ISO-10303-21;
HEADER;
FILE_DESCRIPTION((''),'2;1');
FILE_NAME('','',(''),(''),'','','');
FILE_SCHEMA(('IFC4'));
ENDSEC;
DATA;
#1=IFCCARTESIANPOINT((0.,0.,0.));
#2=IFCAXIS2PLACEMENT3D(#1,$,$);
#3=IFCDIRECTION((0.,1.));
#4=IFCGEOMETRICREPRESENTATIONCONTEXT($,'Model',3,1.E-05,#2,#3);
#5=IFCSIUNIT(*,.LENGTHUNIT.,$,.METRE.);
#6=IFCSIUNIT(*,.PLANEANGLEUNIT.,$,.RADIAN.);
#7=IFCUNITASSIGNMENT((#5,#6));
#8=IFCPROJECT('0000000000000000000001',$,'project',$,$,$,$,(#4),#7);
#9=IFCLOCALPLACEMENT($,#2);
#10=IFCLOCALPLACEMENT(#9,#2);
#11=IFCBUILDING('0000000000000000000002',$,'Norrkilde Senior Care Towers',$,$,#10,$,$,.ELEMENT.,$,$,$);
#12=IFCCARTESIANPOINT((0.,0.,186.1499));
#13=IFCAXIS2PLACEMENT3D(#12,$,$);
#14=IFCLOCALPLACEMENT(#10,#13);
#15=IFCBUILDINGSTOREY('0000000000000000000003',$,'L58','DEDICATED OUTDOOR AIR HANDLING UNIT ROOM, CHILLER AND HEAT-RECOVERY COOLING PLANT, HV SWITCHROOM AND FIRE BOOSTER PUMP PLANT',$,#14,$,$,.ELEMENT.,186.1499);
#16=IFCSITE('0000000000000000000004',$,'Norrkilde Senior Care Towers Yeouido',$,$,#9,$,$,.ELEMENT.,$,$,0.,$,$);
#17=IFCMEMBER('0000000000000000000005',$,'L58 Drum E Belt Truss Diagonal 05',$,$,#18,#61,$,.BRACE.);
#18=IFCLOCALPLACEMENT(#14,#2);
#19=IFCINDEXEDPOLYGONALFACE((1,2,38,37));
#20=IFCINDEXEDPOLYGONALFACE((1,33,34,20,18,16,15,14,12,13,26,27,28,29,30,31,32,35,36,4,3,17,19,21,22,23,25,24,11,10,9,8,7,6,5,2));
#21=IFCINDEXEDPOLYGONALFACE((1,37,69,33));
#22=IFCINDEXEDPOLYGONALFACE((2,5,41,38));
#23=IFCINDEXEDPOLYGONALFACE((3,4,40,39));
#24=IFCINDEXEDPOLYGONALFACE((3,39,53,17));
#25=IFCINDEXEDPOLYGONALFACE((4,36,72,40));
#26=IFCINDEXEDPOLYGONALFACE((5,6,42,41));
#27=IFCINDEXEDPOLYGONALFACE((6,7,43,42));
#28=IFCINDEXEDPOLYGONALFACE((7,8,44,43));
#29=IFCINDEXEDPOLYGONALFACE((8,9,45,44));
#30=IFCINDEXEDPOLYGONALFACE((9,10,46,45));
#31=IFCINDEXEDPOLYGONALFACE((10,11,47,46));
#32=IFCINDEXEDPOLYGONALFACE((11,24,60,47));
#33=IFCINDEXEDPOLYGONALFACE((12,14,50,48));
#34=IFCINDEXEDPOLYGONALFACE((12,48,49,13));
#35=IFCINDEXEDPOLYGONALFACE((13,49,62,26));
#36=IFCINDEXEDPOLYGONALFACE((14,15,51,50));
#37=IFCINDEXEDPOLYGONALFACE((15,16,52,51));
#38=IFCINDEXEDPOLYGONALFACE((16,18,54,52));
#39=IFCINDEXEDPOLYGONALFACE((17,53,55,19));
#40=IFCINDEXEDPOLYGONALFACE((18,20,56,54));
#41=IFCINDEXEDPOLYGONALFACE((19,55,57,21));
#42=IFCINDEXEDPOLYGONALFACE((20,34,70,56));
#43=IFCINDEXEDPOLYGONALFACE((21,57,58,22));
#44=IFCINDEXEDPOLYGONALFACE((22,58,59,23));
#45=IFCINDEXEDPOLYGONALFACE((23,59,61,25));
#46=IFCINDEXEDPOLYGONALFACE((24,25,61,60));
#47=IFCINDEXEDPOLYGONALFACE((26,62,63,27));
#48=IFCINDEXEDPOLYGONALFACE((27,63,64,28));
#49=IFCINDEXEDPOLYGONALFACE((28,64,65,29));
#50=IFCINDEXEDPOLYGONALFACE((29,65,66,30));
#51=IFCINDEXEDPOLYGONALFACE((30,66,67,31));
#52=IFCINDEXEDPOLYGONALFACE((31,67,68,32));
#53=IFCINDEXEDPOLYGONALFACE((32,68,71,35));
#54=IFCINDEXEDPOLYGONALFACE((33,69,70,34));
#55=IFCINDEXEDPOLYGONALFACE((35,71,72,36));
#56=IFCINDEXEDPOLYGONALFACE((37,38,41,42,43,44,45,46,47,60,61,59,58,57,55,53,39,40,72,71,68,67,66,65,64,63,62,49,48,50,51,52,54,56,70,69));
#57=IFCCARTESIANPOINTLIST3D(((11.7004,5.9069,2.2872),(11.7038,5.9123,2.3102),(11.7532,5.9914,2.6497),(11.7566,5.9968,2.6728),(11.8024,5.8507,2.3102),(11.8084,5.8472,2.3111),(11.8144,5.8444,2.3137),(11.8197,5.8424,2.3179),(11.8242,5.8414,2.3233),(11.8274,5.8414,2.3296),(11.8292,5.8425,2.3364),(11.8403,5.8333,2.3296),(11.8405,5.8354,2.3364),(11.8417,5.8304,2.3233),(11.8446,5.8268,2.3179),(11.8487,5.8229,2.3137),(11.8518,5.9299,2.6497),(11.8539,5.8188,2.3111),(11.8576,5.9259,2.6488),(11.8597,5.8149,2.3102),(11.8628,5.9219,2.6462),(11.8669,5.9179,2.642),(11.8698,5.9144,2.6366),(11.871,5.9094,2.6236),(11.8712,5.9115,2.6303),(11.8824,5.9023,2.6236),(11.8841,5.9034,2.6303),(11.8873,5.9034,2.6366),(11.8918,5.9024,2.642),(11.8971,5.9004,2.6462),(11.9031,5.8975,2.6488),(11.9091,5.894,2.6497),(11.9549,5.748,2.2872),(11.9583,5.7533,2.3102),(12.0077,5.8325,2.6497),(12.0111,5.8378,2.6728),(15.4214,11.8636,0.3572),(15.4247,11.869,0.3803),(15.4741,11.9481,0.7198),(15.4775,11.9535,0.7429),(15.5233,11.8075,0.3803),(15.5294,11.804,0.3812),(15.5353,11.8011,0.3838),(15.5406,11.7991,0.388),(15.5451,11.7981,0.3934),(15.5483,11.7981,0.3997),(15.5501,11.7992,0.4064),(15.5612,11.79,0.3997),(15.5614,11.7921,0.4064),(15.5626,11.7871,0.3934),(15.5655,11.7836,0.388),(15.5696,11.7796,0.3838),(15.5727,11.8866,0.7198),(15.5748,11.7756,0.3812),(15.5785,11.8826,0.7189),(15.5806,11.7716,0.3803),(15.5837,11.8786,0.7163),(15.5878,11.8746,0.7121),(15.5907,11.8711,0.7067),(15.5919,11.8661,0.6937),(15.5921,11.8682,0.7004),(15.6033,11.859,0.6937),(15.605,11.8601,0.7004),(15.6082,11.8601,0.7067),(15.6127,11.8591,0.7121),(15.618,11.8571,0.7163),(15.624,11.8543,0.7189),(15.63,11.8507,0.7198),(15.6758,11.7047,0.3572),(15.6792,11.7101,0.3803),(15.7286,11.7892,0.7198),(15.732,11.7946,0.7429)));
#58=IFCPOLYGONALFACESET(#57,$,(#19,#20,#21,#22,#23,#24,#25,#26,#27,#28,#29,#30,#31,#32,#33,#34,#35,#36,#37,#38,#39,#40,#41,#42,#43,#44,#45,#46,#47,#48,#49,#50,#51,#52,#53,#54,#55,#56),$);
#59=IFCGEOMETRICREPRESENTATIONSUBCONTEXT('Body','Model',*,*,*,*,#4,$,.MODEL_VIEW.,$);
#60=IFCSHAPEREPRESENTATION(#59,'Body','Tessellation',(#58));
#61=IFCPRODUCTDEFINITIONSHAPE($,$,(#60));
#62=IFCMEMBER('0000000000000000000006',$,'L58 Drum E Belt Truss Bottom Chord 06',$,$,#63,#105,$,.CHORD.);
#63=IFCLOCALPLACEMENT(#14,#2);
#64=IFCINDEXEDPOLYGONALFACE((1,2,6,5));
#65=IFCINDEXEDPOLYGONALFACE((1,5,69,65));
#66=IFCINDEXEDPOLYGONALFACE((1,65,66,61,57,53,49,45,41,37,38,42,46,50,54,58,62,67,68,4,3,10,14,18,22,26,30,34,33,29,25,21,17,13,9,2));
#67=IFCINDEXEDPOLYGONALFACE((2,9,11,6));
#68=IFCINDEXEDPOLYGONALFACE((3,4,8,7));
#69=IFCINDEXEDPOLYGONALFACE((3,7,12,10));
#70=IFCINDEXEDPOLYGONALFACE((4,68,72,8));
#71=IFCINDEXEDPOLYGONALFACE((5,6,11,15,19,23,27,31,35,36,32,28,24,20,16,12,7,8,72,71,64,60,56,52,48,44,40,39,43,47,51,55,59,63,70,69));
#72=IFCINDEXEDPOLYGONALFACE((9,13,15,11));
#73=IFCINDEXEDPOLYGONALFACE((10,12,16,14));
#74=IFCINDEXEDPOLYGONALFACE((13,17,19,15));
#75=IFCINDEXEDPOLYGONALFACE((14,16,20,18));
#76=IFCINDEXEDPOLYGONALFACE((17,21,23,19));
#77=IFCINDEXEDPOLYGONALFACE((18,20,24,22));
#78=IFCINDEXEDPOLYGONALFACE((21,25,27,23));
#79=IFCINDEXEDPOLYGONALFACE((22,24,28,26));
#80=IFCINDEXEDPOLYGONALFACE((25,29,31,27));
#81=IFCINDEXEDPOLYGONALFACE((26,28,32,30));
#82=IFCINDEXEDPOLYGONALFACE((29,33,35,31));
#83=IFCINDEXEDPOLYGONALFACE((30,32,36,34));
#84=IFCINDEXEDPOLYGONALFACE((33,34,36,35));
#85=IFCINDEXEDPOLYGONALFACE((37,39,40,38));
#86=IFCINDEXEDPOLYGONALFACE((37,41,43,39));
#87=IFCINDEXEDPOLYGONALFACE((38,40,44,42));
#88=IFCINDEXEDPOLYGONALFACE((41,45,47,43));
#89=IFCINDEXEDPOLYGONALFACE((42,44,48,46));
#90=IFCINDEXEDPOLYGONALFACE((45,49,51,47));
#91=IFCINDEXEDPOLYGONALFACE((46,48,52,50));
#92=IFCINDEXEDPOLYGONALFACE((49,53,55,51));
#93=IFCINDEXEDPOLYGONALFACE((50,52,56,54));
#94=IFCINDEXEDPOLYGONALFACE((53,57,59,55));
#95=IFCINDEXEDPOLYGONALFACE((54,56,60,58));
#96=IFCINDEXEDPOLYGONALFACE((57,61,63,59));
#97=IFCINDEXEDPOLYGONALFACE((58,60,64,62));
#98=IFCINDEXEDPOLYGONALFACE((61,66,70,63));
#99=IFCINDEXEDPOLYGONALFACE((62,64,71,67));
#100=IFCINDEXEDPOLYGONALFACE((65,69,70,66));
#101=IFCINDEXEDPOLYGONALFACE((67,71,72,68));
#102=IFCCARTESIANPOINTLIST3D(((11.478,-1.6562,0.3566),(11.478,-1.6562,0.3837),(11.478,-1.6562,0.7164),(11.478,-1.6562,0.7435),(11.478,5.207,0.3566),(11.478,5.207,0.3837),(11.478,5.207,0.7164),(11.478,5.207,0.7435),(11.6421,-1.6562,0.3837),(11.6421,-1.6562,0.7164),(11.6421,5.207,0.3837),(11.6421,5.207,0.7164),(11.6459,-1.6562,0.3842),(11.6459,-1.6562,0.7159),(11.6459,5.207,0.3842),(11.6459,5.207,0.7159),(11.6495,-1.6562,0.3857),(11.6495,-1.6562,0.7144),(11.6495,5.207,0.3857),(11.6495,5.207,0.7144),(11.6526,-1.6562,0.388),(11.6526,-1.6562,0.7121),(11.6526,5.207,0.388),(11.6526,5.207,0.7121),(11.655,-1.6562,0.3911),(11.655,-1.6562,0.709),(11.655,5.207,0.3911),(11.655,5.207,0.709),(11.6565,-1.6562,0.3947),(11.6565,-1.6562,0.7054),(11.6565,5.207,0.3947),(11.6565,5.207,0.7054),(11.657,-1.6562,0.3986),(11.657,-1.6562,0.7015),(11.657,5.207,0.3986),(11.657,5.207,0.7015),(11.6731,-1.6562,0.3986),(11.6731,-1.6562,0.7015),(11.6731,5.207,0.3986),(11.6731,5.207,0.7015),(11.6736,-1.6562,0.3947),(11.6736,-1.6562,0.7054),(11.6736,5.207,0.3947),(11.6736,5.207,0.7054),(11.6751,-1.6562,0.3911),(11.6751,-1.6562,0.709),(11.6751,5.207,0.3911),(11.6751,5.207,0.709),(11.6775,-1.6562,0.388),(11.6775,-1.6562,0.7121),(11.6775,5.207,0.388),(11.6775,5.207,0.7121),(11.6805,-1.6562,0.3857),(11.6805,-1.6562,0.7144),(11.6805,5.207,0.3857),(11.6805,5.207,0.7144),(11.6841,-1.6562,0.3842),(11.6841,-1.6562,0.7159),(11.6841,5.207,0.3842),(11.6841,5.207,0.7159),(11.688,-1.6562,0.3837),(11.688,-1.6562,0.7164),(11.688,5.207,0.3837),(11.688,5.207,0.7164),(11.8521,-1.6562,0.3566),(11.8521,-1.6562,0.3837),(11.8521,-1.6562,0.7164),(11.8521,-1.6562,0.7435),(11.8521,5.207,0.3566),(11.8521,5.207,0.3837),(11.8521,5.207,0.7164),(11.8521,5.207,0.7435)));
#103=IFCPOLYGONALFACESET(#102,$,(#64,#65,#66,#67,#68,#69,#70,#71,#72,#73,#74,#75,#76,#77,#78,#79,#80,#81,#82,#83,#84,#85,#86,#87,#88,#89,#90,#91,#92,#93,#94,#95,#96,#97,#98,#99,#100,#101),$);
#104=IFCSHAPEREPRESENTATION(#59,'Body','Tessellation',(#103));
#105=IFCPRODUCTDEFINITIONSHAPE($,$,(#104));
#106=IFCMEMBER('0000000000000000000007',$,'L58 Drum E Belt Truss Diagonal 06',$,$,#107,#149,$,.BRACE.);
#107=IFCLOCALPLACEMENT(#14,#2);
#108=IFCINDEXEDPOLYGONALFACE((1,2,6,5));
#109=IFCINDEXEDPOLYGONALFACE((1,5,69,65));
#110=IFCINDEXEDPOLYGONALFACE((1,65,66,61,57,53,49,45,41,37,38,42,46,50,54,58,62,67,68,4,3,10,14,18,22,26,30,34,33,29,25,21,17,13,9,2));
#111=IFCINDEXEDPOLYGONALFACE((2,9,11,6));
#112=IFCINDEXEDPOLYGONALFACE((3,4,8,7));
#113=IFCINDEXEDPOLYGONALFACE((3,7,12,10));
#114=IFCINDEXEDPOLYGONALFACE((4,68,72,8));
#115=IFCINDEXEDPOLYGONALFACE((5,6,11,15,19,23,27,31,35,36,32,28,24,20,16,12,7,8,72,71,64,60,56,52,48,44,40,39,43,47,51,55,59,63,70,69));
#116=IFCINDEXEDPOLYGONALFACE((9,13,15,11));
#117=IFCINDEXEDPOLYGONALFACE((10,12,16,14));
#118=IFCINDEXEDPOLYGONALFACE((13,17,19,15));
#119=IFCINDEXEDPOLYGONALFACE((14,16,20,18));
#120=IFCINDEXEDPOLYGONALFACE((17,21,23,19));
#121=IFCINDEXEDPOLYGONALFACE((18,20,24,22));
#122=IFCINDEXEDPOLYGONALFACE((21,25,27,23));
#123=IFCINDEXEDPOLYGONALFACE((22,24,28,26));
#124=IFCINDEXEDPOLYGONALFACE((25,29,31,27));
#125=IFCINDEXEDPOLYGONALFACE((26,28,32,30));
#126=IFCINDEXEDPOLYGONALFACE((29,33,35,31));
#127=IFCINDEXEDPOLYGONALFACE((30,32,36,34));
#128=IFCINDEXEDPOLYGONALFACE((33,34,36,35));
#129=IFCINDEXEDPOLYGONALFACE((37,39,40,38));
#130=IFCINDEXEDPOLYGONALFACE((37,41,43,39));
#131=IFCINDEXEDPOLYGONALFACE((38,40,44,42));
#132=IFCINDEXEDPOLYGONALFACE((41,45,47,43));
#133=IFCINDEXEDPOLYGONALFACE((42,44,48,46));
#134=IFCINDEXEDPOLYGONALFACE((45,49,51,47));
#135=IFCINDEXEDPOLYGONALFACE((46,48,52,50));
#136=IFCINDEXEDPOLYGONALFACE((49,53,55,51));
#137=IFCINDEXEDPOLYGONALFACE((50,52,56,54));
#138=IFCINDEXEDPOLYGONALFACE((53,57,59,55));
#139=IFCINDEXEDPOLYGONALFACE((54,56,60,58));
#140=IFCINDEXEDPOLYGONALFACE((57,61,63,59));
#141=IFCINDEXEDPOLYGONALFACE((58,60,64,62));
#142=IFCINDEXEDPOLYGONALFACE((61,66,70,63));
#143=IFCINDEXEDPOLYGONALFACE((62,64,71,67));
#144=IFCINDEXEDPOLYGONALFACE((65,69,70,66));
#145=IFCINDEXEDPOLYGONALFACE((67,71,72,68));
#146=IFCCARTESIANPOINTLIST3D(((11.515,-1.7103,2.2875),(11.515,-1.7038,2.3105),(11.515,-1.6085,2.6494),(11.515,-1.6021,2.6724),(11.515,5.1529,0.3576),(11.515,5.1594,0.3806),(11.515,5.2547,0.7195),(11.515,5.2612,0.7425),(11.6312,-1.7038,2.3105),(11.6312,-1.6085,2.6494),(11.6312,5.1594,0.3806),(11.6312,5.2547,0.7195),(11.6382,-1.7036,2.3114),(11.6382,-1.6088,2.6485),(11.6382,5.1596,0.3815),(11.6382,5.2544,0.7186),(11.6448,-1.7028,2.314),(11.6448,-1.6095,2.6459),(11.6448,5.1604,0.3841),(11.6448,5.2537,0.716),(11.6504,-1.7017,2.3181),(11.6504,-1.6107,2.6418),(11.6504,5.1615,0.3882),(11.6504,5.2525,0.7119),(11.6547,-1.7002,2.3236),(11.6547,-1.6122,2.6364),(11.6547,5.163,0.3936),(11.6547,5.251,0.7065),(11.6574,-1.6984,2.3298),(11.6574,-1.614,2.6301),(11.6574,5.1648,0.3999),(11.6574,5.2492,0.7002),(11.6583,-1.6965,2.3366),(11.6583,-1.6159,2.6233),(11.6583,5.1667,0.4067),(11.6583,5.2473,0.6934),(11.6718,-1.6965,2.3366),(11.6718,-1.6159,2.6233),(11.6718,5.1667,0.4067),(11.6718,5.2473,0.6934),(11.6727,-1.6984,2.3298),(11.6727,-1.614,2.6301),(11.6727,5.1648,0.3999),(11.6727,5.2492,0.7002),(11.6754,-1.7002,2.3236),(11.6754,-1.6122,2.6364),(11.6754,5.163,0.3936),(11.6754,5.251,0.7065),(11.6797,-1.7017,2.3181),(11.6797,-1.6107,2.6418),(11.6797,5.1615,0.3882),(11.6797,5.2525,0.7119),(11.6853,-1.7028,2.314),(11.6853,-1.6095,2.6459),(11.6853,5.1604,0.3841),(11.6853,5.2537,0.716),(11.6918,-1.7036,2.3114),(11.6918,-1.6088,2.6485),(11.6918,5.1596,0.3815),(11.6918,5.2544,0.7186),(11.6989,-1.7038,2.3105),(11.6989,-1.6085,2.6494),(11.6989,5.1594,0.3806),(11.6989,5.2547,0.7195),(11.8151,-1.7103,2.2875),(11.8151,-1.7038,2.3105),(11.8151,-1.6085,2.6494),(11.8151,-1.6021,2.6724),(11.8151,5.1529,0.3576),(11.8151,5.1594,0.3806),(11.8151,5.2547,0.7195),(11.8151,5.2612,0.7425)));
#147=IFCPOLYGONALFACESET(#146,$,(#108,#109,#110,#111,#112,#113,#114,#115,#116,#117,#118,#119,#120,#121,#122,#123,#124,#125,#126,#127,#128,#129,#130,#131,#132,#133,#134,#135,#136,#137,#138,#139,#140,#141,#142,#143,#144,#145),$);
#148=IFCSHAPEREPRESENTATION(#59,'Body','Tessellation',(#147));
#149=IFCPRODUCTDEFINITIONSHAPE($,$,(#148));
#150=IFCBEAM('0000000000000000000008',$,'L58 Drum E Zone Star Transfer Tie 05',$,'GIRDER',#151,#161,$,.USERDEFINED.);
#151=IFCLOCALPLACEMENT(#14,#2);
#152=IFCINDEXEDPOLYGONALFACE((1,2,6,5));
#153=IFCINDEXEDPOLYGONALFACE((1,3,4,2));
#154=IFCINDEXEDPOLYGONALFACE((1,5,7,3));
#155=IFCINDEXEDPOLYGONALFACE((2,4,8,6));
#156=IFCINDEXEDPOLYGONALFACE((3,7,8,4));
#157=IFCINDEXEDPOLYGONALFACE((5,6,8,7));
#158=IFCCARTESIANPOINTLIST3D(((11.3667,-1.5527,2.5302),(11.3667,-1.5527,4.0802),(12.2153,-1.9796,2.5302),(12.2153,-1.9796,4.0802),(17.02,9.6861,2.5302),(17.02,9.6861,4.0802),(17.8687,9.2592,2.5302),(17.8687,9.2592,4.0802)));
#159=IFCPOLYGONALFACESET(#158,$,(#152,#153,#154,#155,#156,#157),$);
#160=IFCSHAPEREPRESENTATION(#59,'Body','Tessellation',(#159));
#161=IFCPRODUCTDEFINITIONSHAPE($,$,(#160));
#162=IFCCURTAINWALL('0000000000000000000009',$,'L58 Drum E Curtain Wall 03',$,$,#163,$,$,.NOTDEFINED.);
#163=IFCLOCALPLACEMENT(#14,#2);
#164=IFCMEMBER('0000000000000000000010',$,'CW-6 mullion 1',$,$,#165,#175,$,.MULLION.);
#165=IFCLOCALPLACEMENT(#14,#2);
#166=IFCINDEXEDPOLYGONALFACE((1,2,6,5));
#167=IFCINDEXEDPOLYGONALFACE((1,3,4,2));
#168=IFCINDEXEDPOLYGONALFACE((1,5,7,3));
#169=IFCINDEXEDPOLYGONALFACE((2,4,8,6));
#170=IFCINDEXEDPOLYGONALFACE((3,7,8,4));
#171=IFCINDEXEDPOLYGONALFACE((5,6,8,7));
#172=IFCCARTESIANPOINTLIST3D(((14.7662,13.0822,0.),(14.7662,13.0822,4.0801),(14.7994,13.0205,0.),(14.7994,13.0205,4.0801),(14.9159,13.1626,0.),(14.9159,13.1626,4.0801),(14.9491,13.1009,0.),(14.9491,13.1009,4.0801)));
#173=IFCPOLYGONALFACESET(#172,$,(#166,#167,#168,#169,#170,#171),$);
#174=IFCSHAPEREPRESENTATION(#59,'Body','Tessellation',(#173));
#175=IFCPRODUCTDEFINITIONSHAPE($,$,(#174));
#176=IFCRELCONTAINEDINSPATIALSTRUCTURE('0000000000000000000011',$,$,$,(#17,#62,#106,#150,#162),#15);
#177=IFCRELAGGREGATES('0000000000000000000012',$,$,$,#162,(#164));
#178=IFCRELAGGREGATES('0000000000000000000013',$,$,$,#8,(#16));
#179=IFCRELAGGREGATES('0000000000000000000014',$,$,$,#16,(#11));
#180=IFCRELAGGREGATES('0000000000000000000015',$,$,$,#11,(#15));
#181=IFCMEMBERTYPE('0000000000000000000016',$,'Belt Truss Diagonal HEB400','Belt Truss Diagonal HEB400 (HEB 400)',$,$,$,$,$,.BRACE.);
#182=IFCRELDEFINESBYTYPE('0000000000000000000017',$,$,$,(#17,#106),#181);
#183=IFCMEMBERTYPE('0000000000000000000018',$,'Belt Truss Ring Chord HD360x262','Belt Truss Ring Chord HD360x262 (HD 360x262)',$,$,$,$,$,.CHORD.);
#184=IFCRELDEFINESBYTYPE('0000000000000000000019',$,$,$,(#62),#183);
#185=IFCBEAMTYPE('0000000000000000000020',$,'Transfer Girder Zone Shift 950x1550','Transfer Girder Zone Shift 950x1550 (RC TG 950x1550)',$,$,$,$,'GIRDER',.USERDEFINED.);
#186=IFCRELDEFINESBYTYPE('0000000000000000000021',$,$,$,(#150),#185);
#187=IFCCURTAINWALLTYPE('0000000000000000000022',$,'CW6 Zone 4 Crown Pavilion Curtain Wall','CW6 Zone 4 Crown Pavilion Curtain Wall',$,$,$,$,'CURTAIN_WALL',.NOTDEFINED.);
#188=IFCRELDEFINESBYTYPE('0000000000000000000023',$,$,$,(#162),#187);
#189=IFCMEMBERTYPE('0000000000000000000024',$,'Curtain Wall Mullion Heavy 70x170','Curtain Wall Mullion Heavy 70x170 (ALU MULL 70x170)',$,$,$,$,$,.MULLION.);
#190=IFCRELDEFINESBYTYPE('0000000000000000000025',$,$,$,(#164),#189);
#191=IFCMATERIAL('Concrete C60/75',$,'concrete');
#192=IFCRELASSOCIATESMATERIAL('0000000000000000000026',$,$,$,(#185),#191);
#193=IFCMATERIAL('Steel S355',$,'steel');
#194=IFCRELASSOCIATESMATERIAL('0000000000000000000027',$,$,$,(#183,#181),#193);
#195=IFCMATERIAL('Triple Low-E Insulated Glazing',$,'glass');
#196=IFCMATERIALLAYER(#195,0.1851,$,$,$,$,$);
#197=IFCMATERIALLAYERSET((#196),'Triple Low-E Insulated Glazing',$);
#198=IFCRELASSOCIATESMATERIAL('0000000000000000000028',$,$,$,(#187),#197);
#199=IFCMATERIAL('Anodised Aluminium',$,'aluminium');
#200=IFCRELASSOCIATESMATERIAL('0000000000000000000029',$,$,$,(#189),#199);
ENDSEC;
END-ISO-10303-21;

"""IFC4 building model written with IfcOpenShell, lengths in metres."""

from ifc_helpers import new_model, si_unit, direction, frame, origin, origin_2d, place, context, subcontext, project, spatial, rectangle, i_section, extrude, source, transform, mapped, material, layer, layer_set, material_profile, profile_set, type_object, type_shapes, element, aggregate, save


model = new_model("IFC4")

# Units and contexts
model_context = context("Model", 3, precision=1e-05, world=origin(), true_north=direction((0.0, 1.0)))
body_context = subcontext(model_context, "Body", "Model", "MODEL_VIEW")
ifc_project = project(units=[si_unit("LENGTHUNIT", "METRE"), si_unit("PLANEANGLEUNIT", "RADIAN")], contexts=[model_context])

# Site, building, storey
site_placement = place(None, origin())
site = spatial("IfcSite", under=ifc_project, at=site_placement, Name="Norrkilde Senior Care Towers Yeouido", CompositionType="ELEMENT", RefElevation=0.0)
building_placement = place(site_placement, origin())
building = spatial("IfcBuilding", under=site, at=building_placement, Name="Norrkilde Senior Care Towers", CompositionType="ELEMENT")
storey_placement = place(building_placement, frame((0.0, 0.0, 186.1499)))
storey = spatial("IfcBuildingStorey", under=building, at=storey_placement, Name="L58", Description="DEDICATED OUTDOOR AIR HANDLING UNIT ROOM, CHILLER AND HEAT-RECOVERY COOLING PLANT, HV SWITCHROOM AND FIRE BOOSTER PUMP PLANT", CompositionType="ELEMENT", Elevation=186.1499)

# Shared definitions
ifc_material_1 = material(Name="Concrete C60/75", Category="concrete")
ifc_material_profile_1 = material_profile(ifc_material_1, rectangle(XDim=0.95, YDim=1.55, at=origin_2d()), Name="RC TG 950x1550")
ifc_profile_set_1 = profile_set([ifc_material_profile_1], Name="Concrete C60/75")
beam_type = type_object("IfcBeamType", Name="Transfer Girder Zone Shift 950x1550", Description="Transfer Girder Zone Shift 950x1550 (RC TG 950x1550)", ElementType="GIRDER", PredefinedType="USERDEFINED", material=ifc_profile_set_1)

# Members
ifc_material_2 = material(Name="Steel S355", Category="steel")
ifc_material_profile_2 = material_profile(ifc_material_2, i_section(OverallWidth=0.374, OverallDepth=0.387, WebThickness=0.0161, FlangeThickness=0.0271, FilletRadius=0.0149, at=origin_2d()), Name="HD 360x262")
ifc_profile_set_2 = profile_set([ifc_material_profile_2], Name="Steel S355")
member_type_1 = type_object("IfcMemberType", Name="Belt Truss Ring Chord HD360x262", Description="Belt Truss Ring Chord HD360x262 (HD 360x262)", PredefinedType="CHORD", material=ifc_profile_set_2)
ifc_material_profile_3 = material_profile(ifc_material_2, i_section(OverallWidth=0.3, OverallDepth=0.3999, WebThickness=0.0134, FlangeThickness=0.0239, FilletRadius=0.0271, at=origin_2d()), Name="HEB 400")
ifc_profile_set_3 = profile_set([ifc_material_profile_3], Name="Steel S355")
member_type_2 = type_object("IfcMemberType", Name="Belt Truss Diagonal HEB400", Description="Belt Truss Diagonal HEB400 (HEB 400)", PredefinedType="BRACE", material=ifc_profile_set_3)
shared_shape_1 = source(origin(), body_context, "Body", "SweptSolid", [
    extrude(i_section(OverallWidth=0.3, OverallDepth=0.3999, WebThickness=0.0134, FlangeThickness=0.0239, FilletRadius=0.0271, at=origin_2d()), origin(), (0.0, 0.0, 1.0), 7.2837),
])
member_1_placement = place(storey_placement, frame((15.5767, 11.8291, 0.55), z_axis=(-0.510854, -0.817816, 0.264963), x_axis=(0.848129, -0.52979, 0.0)))
element("IfcMember", 1, at=member_1_placement, inside=storey, type_object=member_type_2, Name="L58 Drum E Belt Truss Diagonal 05", PredefinedType="BRACE", context=body_context, shape_type="MappedRepresentation", body=[
    mapped(shared_shape_1, transform((0.0, 0.0, 0.0), x_axis=(1.0, 0.0, 0.0), y_axis=(0.0, 1.0, 0.0), z_axis=(0.0, 0.0, 1.0), scale=1.0)),
])
shared_shape_2 = source(origin(), body_context, "Body", "SweptSolid", [
    extrude(i_section(OverallWidth=0.374, OverallDepth=0.387, WebThickness=0.0161, FlangeThickness=0.0271, FilletRadius=0.0149, at=origin_2d()), origin(), (0.0, 0.0, 1.0), 6.8633),
])
member_2_placement = place(storey_placement, frame((11.665, 5.207, 0.55), z_axis=(0.0, -1.0, 0.0), x_axis=(1.0, 0.0, 0.0)))
element("IfcMember", 2, at=member_2_placement, inside=storey, type_object=member_type_1, Name="L58 Drum E Belt Truss Bottom Chord 06", PredefinedType="CHORD", context=body_context, shape_type="MappedRepresentation", body=[
    mapped(shared_shape_2, transform((0.0, 0.0, 0.0), x_axis=(1.0, 0.0, 0.0), y_axis=(0.0, 1.0, 0.0), z_axis=(0.0, 0.0, 1.0), scale=1.0)),
])
shared_shape_3 = source(origin(), body_context, "Body", "SweptSolid", [
    extrude(i_section(OverallWidth=0.3, OverallDepth=0.3999, WebThickness=0.0134, FlangeThickness=0.0239, FilletRadius=0.0271, at=origin_2d()), origin(), (0.0, 0.0, 1.0), 7.1294),
])
type_shapes(member_type_2, [shared_shape_1, shared_shape_3])
member_3_placement = place(storey_placement, frame((11.665, 5.207, 0.55), z_axis=(0.0, -0.962664, 0.270698), x_axis=(1.0, 0.0, 0.0)))
element("IfcMember", 3, at=member_3_placement, inside=storey, type_object=member_type_2, Name="L58 Drum E Belt Truss Diagonal 06", PredefinedType="BRACE", context=body_context, shape_type="MappedRepresentation", body=[
    mapped(shared_shape_3, transform((0.0, 0.0, 0.0), x_axis=(1.0, 0.0, 0.0), y_axis=(0.0, 1.0, 0.0), z_axis=(0.0, 0.0, 1.0), scale=1.0)),
])

# Beam
shared_shape_4 = source(origin(), body_context, "Body", "SweptSolid", [
    extrude(rectangle(XDim=0.95, YDim=1.55, at=origin_2d()), origin(), (0.0, 0.0, 1.0), 12.5806),
])
beam_1_placement = place(storey_placement, frame((17.4443, 9.4727, 3.3052), z_axis=(-0.44937, -0.893346, 0.0), x_axis=(0.893346, -0.44937, 0.0)))
element("IfcBeam", 4, at=beam_1_placement, inside=storey, type_object=beam_type, Name="L58 Drum E Zone Star Transfer Tie 05", ObjectType="GIRDER", PredefinedType="USERDEFINED", context=body_context, shape_type="MappedRepresentation", body=[
    mapped(shared_shape_4, transform((0.0, 0.0, 0.0), x_axis=(1.0, 0.0, 0.0), y_axis=(0.0, 1.0, 0.0), z_axis=(0.0, 0.0, 1.0), scale=1.0)),
])

# Curtain wall, member
ifc_material_3 = material(Name="Triple Low-E Insulated Glazing", Category="glass")
ifc_layer_1 = layer(ifc_material_3, 0.1851)
ifc_layer_set_1 = layer_set([ifc_layer_1], Name="Triple Low-E Insulated Glazing")
curtain_wall_type = type_object("IfcCurtainWallType", Name="CW6 Zone 4 Crown Pavilion Curtain Wall", Description="CW6 Zone 4 Crown Pavilion Curtain Wall", ElementType="CURTAIN_WALL", PredefinedType="NOTDEFINED", material=ifc_layer_set_1)
curtain_wall_1_placement = place(storey_placement, origin())
curtain_wall_1 = element("IfcCurtainWall", 5, at=curtain_wall_1_placement, inside=storey, type_object=curtain_wall_type, Name="L58 Drum E Curtain Wall 03", PredefinedType="NOTDEFINED")
ifc_material_4 = material(Name="Anodised Aluminium", Category="aluminium")
ifc_material_profile_4 = material_profile(ifc_material_4, rectangle(XDim=0.0701, YDim=0.1699, at=origin_2d()), Name="ALU MULL 70x170")
ifc_profile_set_4 = profile_set([ifc_material_profile_4], Name="Anodised Aluminium")
member_type_3 = type_object("IfcMemberType", Name="Curtain Wall Mullion Heavy 70x170", Description="Curtain Wall Mullion Heavy 70x170 (ALU MULL 70x170)", PredefinedType="MULLION", material=ifc_profile_set_4)
shared_shape_5 = source(origin(), body_context, "Body", "SweptSolid", [
    extrude(rectangle(XDim=0.0701, YDim=0.1699, at=origin_2d()), origin(), (0.0, 0.0, 1.0), 4.0801),
])
type_shapes(member_type_3, [shared_shape_5])
member_4_placement = place(storey_placement, frame((14.8577, 13.0916, 0.0), z_axis=(0.0, 0.0, 1.0), x_axis=(-0.473117, 0.881, 0.0)))
member_4 = element("IfcMember", 6, at=member_4_placement, type_object=member_type_3, Name="CW-6 mullion 1", PredefinedType="MULLION", context=body_context, shape_type="MappedRepresentation", body=[
    mapped(shared_shape_5, transform((0.0, 0.0, 0.0), x_axis=(1.0, 0.0, 0.0), y_axis=(0.0, 1.0, 0.0), z_axis=(0.0, 0.0, 1.0), scale=1.0)),
])

aggregate(curtain_wall_1, [member_4])

save(model, "model.ifc")
